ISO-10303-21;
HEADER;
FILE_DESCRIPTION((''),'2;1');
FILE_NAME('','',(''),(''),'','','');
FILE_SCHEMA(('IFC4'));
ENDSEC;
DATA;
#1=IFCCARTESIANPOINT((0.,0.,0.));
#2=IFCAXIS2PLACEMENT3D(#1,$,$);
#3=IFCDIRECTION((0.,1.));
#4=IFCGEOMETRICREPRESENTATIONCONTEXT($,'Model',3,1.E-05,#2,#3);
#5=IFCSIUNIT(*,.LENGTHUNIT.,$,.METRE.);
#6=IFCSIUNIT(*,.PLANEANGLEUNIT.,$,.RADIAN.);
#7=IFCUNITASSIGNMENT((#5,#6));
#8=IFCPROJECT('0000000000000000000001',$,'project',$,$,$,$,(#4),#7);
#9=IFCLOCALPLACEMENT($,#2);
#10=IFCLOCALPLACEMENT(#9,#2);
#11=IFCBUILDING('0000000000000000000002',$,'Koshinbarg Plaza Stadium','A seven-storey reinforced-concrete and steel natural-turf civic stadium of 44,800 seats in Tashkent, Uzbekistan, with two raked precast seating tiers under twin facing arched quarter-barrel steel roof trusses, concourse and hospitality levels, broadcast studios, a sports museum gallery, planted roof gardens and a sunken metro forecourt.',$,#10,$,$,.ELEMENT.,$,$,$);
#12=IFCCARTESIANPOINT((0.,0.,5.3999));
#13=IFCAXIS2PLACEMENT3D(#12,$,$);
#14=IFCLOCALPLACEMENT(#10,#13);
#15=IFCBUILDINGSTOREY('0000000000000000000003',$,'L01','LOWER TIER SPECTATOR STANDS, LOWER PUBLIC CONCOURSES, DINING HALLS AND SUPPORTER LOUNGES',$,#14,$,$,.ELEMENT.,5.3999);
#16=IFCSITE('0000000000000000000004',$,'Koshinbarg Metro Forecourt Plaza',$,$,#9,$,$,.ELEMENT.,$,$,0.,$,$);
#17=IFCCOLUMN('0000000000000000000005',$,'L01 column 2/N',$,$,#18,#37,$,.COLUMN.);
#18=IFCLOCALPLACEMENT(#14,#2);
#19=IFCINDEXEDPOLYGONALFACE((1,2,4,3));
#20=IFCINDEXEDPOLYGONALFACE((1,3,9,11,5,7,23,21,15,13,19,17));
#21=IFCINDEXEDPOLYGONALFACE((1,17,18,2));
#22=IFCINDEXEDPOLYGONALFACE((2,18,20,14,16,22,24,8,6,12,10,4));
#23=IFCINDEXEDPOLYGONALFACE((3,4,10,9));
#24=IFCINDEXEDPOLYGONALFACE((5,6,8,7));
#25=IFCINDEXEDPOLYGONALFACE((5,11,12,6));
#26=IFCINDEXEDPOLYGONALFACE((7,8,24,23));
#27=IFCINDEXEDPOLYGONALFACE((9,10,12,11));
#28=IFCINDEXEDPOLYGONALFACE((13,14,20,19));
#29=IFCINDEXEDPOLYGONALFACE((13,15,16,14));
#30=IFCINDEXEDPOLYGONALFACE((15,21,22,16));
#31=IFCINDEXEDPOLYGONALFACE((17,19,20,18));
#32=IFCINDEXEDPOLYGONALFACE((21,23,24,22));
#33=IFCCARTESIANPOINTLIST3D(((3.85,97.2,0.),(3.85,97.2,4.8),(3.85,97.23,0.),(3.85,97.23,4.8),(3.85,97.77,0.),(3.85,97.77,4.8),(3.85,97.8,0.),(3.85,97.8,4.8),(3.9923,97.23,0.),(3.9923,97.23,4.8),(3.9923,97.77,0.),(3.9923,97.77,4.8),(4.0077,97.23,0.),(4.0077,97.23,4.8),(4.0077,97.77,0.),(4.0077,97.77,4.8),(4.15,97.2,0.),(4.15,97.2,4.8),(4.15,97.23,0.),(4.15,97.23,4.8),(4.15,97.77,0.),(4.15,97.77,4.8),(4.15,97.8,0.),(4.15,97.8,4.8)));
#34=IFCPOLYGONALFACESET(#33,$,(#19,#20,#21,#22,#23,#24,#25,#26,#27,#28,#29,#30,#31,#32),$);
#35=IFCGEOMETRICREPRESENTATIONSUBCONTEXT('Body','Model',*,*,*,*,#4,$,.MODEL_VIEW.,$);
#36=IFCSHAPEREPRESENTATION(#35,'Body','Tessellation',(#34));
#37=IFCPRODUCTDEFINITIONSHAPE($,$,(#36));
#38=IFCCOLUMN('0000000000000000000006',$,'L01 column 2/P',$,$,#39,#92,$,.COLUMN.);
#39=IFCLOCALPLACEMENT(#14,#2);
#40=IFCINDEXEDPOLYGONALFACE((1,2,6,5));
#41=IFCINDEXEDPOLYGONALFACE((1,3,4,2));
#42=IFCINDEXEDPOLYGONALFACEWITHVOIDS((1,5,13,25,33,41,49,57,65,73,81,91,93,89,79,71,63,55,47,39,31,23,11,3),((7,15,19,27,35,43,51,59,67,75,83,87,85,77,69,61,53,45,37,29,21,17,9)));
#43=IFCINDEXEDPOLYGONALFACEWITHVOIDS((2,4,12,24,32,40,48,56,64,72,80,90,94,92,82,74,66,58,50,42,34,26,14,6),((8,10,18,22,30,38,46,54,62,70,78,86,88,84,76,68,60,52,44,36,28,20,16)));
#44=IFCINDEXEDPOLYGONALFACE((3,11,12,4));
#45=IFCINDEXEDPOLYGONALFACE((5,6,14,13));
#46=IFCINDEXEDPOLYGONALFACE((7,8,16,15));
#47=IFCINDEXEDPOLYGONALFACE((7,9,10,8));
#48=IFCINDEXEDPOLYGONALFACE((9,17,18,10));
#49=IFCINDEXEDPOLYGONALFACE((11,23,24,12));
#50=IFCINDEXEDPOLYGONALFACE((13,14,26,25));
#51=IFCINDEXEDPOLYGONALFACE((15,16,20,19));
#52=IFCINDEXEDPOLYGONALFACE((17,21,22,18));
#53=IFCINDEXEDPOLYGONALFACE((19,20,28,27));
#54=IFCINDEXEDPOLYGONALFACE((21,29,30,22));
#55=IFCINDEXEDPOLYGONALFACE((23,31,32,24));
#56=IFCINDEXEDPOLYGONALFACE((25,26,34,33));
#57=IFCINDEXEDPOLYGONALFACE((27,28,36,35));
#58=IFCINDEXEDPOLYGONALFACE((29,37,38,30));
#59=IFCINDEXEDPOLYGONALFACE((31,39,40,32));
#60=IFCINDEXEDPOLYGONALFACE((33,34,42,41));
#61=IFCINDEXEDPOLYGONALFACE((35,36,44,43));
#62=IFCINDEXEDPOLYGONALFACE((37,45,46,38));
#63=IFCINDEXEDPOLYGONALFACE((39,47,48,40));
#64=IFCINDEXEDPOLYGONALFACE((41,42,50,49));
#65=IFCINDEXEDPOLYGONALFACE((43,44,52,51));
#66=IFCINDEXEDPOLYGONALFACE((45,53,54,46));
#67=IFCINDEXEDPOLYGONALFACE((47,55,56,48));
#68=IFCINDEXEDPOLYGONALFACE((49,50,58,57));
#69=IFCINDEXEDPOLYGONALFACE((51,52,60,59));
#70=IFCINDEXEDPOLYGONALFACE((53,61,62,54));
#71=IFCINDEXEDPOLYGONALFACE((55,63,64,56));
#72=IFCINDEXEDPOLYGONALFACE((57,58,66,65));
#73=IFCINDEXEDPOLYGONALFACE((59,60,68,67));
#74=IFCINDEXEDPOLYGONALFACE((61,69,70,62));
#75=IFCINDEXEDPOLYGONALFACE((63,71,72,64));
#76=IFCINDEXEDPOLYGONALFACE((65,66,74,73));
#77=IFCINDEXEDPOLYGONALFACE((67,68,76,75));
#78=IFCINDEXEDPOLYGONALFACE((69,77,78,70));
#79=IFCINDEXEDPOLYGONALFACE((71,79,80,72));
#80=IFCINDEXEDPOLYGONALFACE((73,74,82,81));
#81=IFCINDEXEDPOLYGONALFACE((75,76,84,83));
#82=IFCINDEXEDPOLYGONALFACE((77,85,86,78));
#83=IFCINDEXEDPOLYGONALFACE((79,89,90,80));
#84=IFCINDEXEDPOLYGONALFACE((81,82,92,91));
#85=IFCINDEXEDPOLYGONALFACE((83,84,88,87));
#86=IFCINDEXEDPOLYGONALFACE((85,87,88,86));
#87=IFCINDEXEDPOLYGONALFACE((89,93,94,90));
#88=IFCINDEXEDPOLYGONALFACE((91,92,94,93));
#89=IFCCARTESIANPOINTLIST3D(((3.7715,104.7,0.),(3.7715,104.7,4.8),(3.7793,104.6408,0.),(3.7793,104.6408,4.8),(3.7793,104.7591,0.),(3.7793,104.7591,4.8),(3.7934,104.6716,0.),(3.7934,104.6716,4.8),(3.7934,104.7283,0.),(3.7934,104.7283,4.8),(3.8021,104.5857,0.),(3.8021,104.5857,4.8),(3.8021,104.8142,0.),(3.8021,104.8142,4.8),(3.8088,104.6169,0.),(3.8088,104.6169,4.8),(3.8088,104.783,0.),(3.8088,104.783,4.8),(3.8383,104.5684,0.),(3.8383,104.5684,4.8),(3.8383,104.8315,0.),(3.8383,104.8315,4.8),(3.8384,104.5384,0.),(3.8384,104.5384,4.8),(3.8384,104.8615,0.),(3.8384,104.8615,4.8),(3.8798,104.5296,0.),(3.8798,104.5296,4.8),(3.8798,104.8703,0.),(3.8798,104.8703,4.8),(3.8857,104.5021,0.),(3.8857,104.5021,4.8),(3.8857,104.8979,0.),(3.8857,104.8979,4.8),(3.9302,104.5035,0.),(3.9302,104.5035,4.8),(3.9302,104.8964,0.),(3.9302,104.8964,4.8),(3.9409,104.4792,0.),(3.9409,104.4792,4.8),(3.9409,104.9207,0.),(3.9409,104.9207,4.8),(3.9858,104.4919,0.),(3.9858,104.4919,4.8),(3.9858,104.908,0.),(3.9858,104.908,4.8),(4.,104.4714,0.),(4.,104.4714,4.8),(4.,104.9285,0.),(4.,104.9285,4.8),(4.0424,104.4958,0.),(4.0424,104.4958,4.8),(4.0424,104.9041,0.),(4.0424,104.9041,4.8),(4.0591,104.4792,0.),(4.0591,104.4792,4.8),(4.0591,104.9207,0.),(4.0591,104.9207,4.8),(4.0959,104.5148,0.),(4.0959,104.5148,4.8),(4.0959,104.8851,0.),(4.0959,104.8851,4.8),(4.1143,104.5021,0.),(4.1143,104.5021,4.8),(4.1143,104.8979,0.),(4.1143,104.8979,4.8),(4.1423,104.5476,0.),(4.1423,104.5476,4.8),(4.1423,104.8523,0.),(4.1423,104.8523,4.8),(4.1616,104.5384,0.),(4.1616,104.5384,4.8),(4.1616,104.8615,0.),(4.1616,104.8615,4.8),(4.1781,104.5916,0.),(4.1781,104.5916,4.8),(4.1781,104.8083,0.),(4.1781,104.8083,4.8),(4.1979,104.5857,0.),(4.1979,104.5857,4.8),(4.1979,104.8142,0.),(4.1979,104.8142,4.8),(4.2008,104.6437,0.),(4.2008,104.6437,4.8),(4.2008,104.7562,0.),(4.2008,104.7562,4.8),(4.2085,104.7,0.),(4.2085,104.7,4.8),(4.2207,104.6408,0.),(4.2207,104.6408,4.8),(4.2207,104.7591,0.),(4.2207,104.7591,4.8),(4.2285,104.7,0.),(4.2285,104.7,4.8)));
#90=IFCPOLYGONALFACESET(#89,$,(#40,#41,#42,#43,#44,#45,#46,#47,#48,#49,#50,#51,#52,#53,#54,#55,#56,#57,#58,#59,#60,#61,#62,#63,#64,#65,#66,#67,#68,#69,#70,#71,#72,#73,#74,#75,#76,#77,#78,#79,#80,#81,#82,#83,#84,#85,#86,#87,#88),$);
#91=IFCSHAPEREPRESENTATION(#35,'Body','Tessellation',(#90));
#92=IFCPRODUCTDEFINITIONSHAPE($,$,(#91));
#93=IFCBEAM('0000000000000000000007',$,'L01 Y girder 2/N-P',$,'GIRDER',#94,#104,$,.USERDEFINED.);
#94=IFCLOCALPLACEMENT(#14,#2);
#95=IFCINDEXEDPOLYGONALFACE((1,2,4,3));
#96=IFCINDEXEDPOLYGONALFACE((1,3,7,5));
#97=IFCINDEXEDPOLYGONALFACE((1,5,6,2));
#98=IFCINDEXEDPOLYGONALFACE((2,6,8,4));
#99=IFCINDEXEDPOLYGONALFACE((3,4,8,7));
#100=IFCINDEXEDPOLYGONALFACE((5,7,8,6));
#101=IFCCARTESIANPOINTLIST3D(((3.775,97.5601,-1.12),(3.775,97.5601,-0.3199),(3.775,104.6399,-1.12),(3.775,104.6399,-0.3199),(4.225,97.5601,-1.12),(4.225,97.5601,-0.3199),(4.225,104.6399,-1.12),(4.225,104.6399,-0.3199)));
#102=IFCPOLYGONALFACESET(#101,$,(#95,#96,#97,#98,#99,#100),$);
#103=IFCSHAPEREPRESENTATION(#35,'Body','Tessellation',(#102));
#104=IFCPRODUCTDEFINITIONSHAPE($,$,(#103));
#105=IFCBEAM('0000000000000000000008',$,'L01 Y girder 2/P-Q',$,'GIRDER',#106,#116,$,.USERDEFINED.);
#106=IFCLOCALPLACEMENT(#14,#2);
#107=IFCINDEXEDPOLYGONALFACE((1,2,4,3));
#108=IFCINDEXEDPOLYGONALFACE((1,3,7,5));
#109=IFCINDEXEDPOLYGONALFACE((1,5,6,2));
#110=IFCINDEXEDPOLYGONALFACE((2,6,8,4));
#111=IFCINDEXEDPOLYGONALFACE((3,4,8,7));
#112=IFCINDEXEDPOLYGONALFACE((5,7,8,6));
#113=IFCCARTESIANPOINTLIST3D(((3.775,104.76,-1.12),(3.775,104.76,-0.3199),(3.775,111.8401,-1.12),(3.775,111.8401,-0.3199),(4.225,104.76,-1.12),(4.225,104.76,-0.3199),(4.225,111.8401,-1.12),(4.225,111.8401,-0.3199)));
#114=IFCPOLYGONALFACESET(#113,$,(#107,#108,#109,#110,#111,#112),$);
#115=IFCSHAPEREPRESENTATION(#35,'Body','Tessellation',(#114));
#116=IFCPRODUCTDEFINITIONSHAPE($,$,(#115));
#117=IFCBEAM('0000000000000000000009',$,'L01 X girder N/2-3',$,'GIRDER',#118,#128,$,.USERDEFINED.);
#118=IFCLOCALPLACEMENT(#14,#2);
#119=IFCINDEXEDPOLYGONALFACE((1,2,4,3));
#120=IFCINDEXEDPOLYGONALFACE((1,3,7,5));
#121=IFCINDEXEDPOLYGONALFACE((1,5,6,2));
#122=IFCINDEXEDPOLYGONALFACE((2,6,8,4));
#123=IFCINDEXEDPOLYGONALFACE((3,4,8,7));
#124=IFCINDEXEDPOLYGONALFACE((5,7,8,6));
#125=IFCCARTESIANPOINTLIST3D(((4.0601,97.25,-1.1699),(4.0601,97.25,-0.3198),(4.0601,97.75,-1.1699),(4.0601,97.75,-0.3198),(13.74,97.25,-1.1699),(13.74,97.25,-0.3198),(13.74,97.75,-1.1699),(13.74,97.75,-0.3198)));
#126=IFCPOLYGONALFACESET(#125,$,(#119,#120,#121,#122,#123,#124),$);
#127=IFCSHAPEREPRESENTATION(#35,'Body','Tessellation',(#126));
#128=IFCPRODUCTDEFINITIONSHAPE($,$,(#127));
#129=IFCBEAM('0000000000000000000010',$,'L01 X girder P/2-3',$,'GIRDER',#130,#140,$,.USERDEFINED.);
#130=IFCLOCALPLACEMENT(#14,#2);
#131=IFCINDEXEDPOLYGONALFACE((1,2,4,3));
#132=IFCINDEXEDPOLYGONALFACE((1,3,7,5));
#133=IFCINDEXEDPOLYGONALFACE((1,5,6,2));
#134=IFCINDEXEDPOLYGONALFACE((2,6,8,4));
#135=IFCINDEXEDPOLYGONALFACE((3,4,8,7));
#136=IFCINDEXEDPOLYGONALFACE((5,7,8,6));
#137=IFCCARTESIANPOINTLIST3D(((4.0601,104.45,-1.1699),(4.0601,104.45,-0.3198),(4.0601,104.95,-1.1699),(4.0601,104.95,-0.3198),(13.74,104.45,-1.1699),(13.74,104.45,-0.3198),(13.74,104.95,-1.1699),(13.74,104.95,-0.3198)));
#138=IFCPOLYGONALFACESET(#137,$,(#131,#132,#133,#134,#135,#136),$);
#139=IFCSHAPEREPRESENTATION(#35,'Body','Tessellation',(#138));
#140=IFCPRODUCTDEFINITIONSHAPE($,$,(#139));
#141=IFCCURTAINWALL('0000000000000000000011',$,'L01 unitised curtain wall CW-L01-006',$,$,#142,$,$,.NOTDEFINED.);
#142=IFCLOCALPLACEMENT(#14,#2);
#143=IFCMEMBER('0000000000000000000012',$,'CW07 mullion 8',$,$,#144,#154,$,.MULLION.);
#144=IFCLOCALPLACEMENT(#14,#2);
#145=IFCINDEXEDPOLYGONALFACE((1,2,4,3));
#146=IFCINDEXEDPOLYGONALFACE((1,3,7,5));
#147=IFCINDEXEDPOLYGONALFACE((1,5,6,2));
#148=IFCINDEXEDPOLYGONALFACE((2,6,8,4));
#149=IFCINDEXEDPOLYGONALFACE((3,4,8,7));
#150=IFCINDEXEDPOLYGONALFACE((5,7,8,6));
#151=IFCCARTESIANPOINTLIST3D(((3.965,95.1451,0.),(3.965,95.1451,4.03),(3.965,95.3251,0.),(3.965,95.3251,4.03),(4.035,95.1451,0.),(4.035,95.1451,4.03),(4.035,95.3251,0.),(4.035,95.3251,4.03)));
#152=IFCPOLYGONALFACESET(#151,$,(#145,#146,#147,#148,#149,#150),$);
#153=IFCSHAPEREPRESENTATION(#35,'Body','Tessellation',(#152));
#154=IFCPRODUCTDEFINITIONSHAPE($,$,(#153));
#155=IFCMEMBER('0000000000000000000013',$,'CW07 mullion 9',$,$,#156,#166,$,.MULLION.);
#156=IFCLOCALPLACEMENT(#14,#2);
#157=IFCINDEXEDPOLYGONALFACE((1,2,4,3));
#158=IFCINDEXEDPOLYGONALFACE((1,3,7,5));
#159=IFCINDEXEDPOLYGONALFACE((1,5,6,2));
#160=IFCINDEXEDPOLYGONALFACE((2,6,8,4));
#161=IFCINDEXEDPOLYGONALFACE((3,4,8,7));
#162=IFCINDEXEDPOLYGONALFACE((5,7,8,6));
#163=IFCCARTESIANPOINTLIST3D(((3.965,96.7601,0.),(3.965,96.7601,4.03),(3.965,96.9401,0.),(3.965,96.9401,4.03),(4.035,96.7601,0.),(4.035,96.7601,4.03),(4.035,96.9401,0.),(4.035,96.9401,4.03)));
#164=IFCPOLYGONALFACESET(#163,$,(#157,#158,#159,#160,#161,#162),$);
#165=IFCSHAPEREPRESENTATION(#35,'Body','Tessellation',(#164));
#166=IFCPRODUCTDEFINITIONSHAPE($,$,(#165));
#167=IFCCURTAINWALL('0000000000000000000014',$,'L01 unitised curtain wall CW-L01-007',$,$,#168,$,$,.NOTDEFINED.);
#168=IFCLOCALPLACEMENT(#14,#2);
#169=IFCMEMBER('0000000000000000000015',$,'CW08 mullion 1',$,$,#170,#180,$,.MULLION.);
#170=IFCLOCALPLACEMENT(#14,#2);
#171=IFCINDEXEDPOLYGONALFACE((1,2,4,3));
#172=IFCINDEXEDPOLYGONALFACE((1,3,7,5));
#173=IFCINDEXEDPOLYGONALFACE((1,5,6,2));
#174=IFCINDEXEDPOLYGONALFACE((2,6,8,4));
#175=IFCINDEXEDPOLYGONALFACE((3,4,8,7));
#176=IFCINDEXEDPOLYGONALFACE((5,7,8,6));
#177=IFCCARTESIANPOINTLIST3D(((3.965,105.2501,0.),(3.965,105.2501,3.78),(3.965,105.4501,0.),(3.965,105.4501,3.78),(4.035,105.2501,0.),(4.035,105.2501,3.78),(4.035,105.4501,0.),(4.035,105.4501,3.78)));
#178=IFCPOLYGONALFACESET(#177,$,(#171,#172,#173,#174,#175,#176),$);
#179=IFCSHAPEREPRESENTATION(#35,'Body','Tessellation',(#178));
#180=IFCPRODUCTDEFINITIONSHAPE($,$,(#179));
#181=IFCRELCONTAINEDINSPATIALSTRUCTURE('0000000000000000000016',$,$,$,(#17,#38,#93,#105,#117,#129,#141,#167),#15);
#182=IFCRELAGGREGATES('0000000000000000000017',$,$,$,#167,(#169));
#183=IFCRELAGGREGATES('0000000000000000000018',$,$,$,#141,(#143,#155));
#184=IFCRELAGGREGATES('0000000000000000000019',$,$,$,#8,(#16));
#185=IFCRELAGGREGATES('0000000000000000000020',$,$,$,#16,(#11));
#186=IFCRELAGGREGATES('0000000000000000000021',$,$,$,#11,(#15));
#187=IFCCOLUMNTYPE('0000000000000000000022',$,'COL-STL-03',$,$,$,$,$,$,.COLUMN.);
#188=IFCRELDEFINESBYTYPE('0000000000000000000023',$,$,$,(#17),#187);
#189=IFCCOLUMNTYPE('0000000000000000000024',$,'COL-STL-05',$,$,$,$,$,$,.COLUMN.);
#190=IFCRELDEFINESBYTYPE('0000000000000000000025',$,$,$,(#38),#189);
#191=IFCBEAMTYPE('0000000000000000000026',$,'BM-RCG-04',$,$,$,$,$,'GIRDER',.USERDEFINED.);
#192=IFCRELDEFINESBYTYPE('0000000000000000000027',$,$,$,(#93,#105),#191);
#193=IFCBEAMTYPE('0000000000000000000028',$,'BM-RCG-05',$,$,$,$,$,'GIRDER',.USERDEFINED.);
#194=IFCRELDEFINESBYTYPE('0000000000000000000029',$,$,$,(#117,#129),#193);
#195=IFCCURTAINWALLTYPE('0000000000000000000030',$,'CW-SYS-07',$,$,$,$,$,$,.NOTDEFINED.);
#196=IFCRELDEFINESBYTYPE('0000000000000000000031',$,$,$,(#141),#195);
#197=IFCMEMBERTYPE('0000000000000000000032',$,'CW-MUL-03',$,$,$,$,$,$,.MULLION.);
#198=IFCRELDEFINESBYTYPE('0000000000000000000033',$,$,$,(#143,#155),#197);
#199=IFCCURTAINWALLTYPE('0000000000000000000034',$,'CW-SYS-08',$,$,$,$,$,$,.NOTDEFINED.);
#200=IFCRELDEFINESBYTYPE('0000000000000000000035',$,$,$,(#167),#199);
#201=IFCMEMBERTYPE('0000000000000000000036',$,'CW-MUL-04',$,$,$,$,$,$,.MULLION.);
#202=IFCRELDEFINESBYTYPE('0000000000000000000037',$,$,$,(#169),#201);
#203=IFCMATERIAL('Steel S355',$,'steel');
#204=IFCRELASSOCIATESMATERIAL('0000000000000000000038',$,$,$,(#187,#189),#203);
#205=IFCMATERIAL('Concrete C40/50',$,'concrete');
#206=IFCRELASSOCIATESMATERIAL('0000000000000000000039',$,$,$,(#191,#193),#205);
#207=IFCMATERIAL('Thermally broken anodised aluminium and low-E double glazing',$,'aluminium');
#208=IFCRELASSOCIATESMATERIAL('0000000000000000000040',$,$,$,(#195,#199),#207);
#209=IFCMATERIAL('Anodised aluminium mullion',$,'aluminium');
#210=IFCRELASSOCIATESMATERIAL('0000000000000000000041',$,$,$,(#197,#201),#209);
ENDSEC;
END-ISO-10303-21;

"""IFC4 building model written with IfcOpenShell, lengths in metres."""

from ifc_helpers import new_model, si_unit, direction, frame, origin, origin_2d, place, context, subcontext, project, spatial, rectangle, hollow_circle, i_section, extrude, material, material_profile, profile_set, type_object, element, aggregate, save


model = new_model("IFC4")

# Units and contexts
model_context = context("Model", 3, precision=1e-05, world=origin(), true_north=direction((0.0, 1.0)))
body_context = subcontext(model_context, "Body", "Model", "MODEL_VIEW")
ifc_project = project(units=[si_unit("LENGTHUNIT", "METRE"), si_unit("PLANEANGLEUNIT", "RADIAN")], contexts=[model_context])

# Site, building, storey
site_placement = place(None, origin())
site = spatial("IfcSite", under=ifc_project, at=site_placement, Name="Koshinbarg Metro Forecourt Plaza", CompositionType="ELEMENT", RefElevation=0.0)
building_placement = place(site_placement, origin())
building = spatial("IfcBuilding", under=site, at=building_placement, Name="Koshinbarg Plaza Stadium", Description="A seven-storey reinforced-concrete and steel natural-turf civic stadium of 44,800 seats in Tashkent, Uzbekistan, with two raked precast seating tiers under twin facing arched quarter-barrel steel roof trusses, concourse and hospitality levels, broadcast studios, a sports museum gallery, planted roof gardens and a sunken metro forecourt.", CompositionType="ELEMENT")
storey_placement = place(building_placement, frame((0.0, 0.0, 5.3999)))
storey = spatial("IfcBuildingStorey", under=building, at=storey_placement, Name="L01", Description="LOWER TIER SPECTATOR STANDS, LOWER PUBLIC CONCOURSES, DINING HALLS AND SUPPORTER LOUNGES", CompositionType="ELEMENT", Elevation=5.3999)

# Columns
ifc_material_1 = material(Name="Steel S355", Category="steel")
ifc_material_profile_1 = material_profile(ifc_material_1, i_section(OverallWidth=0.3, OverallDepth=0.6001, WebThickness=0.0154, FlangeThickness=0.03, at=origin_2d()), Name="HEB 600")
ifc_profile_set_1 = profile_set([ifc_material_profile_1], Name="Steel S355")
column_type_1 = type_object("IfcColumnType", Name="COL-STL-03", PredefinedType="COLUMN", material=ifc_profile_set_1)
column_1_placement = place(storey_placement, frame((4.0, 97.5, 0.0), z_axis=(0.0, 0.0, 1.0), x_axis=(1.0, 0.0, 0.0)))
element("IfcColumn", 1, at=column_1_placement, inside=storey, type_object=column_type_1, Name="L01 column 2/N", PredefinedType="COLUMN", context=body_context, shape_type="SweptSolid", body=[
    extrude(i_section(OverallWidth=0.3, OverallDepth=0.6001, WebThickness=0.0154, FlangeThickness=0.03, at=origin_2d()), origin(), (0.0, 0.0, 1.0), 4.8),
])
ifc_material_profile_2 = material_profile(ifc_material_1, hollow_circle(Radius=0.2285, WallThickness=0.02, at=origin_2d()), Name="CHS 457x20")
ifc_profile_set_2 = profile_set([ifc_material_profile_2], Name="Steel S355")
column_type_2 = type_object("IfcColumnType", Name="COL-STL-05", PredefinedType="COLUMN", material=ifc_profile_set_2)
column_2_placement = place(storey_placement, frame((4.0, 104.7, 0.0), z_axis=(0.0, 0.0, 1.0), x_axis=(1.0, 0.0, 0.0)))
element("IfcColumn", 2, at=column_2_placement, inside=storey, type_object=column_type_2, Name="L01 column 2/P", PredefinedType="COLUMN", context=body_context, shape_type="SweptSolid", body=[
    extrude(hollow_circle(Radius=0.2285, WallThickness=0.02, at=origin_2d()), origin(), (0.0, 0.0, 1.0), 4.8),
])

# Beams
ifc_material_2 = material(Name="Concrete C40/50", Category="concrete")
ifc_material_profile_3 = material_profile(ifc_material_2, rectangle(XDim=0.45, YDim=0.8, at=origin_2d()), Name="RC 450x800")
ifc_profile_set_3 = profile_set([ifc_material_profile_3], Name="Concrete C40/50")
beam_type_1 = type_object("IfcBeamType", Name="BM-RCG-04", ElementType="GIRDER", PredefinedType="USERDEFINED", material=ifc_profile_set_3)
beam_1_placement = place(storey_placement, frame((4.0, 97.5601, -0.72), z_axis=(0.0, 1.0, 0.0), x_axis=(-1.0, 0.0, 0.0)))
element("IfcBeam", 3, at=beam_1_placement, inside=storey, type_object=beam_type_1, Name="L01 Y girder 2/N-P", ObjectType="GIRDER", PredefinedType="USERDEFINED", context=body_context, shape_type="SweptSolid", body=[
    extrude(rectangle(XDim=0.45, YDim=0.8, at=origin_2d()), origin(), (0.0, 0.0, 1.0), 7.0798),
])
beam_2_placement = place(storey_placement, frame((4.0, 104.76, -0.72), z_axis=(0.0, 1.0, 0.0), x_axis=(-1.0, 0.0, 0.0)))
element("IfcBeam", 4, at=beam_2_placement, inside=storey, type_object=beam_type_1, Name="L01 Y girder 2/P-Q", ObjectType="GIRDER", PredefinedType="USERDEFINED", context=body_context, shape_type="SweptSolid", body=[
    extrude(rectangle(XDim=0.45, YDim=0.8, at=origin_2d()), origin(), (0.0, 0.0, 1.0), 7.0801),
])
ifc_material_profile_4 = material_profile(ifc_material_2, rectangle(XDim=0.5, YDim=0.8501, at=origin_2d()), Name="RC 500x850")
ifc_profile_set_4 = profile_set([ifc_material_profile_4], Name="Concrete C40/50")
beam_type_2 = type_object("IfcBeamType", Name="BM-RCG-05", ElementType="GIRDER", PredefinedType="USERDEFINED", material=ifc_profile_set_4)
for number, where, z_axis, x_axis, name in (
    (5, (4.0601, 97.5, -0.7449), (1.0, 0.0, 0.0), (0.0, 1.0, 0.0), "L01 X girder N/2-3"),
    (6, (4.0601, 104.7, -0.7449), (1.0, 0.0, 0.0), (0.0, 1.0, 0.0), "L01 X girder P/2-3"),
):
    element("IfcBeam", number, at=place(storey_placement, frame(where, z_axis=z_axis, x_axis=x_axis)), inside=storey, type_object=beam_type_2, Name=name, ObjectType="GIRDER", PredefinedType="USERDEFINED", context=body_context, shape_type="SweptSolid", body=[
        extrude(rectangle(XDim=0.5, YDim=0.8501, at=origin_2d()), origin(), (0.0, 0.0, 1.0), 9.6799),
    ])

# Curtain wall, members
ifc_material_3 = material(Name="Thermally broken anodised aluminium and low-E double glazing", Category="aluminium")
curtain_wall_type_1 = type_object("IfcCurtainWallType", Name="CW-SYS-07", PredefinedType="NOTDEFINED", material=ifc_material_3)
curtain_wall_1_placement = place(storey_placement, origin())
curtain_wall_1 = element("IfcCurtainWall", 7, at=curtain_wall_1_placement, inside=storey, type_object=curtain_wall_type_1, Name="L01 unitised curtain wall CW-L01-006", PredefinedType="NOTDEFINED")
ifc_material_4 = material(Name="Anodised aluminium mullion", Category="aluminium")
ifc_material_profile_5 = material_profile(ifc_material_4, rectangle(XDim=0.0701, YDim=0.1799, at=origin_2d()), Name="ALU 70x180")
ifc_profile_set_5 = profile_set([ifc_material_profile_5], Name="Anodised aluminium mullion")
member_type_1 = type_object("IfcMemberType", Name="CW-MUL-03", PredefinedType="MULLION", material=ifc_profile_set_5)
member_1_placement = place(storey_placement, frame((4.0, 95.2351, 0.0), z_axis=(0.0, 0.0, 1.0), x_axis=(-1.0, 0.0, 0.0)))
member_1 = element("IfcMember", 8, at=member_1_placement, type_object=member_type_1, Name="CW07 mullion 8", PredefinedType="MULLION", context=body_context, shape_type="SweptSolid", body=[
    extrude(rectangle(XDim=0.0701, YDim=0.1799, at=origin_2d()), origin(), (0.0, 0.0, 1.0), 4.03),
])
member_2_placement = place(storey_placement, frame((4.0, 96.8501, 0.0), z_axis=(0.0, 0.0, 1.0), x_axis=(-1.0, 0.0, 0.0)))
member_2 = element("IfcMember", 9, at=member_2_placement, type_object=member_type_1, Name="CW07 mullion 9", PredefinedType="MULLION", context=body_context, shape_type="SweptSolid", body=[
    extrude(rectangle(XDim=0.0701, YDim=0.1799, at=origin_2d()), origin(), (0.0, 0.0, 1.0), 4.03),
])

# Curtain wall, member
curtain_wall_type_2 = type_object("IfcCurtainWallType", Name="CW-SYS-08", PredefinedType="NOTDEFINED", material=ifc_material_3)
curtain_wall_2_placement = place(storey_placement, origin())
curtain_wall_2 = element("IfcCurtainWall", 10, at=curtain_wall_2_placement, inside=storey, type_object=curtain_wall_type_2, Name="L01 unitised curtain wall CW-L01-007", PredefinedType="NOTDEFINED")
ifc_material_profile_6 = material_profile(ifc_material_4, rectangle(XDim=0.0701, YDim=0.2, at=origin_2d()), Name="ALU 70x200")
ifc_profile_set_6 = profile_set([ifc_material_profile_6], Name="Anodised aluminium mullion")
member_type_2 = type_object("IfcMemberType", Name="CW-MUL-04", PredefinedType="MULLION", material=ifc_profile_set_6)
member_3_placement = place(storey_placement, frame((4.0, 105.3501, 0.0), z_axis=(0.0, 0.0, 1.0), x_axis=(-1.0, 0.0, 0.0)))
member_3 = element("IfcMember", 11, at=member_3_placement, type_object=member_type_2, Name="CW08 mullion 1", PredefinedType="MULLION", context=body_context, shape_type="SweptSolid", body=[
    extrude(rectangle(XDim=0.0701, YDim=0.2, at=origin_2d()), origin(), (0.0, 0.0, 1.0), 3.78),
])

aggregate(curtain_wall_2, [member_3])

aggregate(curtain_wall_1, [member_1, member_2])

save(model, "model.ifc")
